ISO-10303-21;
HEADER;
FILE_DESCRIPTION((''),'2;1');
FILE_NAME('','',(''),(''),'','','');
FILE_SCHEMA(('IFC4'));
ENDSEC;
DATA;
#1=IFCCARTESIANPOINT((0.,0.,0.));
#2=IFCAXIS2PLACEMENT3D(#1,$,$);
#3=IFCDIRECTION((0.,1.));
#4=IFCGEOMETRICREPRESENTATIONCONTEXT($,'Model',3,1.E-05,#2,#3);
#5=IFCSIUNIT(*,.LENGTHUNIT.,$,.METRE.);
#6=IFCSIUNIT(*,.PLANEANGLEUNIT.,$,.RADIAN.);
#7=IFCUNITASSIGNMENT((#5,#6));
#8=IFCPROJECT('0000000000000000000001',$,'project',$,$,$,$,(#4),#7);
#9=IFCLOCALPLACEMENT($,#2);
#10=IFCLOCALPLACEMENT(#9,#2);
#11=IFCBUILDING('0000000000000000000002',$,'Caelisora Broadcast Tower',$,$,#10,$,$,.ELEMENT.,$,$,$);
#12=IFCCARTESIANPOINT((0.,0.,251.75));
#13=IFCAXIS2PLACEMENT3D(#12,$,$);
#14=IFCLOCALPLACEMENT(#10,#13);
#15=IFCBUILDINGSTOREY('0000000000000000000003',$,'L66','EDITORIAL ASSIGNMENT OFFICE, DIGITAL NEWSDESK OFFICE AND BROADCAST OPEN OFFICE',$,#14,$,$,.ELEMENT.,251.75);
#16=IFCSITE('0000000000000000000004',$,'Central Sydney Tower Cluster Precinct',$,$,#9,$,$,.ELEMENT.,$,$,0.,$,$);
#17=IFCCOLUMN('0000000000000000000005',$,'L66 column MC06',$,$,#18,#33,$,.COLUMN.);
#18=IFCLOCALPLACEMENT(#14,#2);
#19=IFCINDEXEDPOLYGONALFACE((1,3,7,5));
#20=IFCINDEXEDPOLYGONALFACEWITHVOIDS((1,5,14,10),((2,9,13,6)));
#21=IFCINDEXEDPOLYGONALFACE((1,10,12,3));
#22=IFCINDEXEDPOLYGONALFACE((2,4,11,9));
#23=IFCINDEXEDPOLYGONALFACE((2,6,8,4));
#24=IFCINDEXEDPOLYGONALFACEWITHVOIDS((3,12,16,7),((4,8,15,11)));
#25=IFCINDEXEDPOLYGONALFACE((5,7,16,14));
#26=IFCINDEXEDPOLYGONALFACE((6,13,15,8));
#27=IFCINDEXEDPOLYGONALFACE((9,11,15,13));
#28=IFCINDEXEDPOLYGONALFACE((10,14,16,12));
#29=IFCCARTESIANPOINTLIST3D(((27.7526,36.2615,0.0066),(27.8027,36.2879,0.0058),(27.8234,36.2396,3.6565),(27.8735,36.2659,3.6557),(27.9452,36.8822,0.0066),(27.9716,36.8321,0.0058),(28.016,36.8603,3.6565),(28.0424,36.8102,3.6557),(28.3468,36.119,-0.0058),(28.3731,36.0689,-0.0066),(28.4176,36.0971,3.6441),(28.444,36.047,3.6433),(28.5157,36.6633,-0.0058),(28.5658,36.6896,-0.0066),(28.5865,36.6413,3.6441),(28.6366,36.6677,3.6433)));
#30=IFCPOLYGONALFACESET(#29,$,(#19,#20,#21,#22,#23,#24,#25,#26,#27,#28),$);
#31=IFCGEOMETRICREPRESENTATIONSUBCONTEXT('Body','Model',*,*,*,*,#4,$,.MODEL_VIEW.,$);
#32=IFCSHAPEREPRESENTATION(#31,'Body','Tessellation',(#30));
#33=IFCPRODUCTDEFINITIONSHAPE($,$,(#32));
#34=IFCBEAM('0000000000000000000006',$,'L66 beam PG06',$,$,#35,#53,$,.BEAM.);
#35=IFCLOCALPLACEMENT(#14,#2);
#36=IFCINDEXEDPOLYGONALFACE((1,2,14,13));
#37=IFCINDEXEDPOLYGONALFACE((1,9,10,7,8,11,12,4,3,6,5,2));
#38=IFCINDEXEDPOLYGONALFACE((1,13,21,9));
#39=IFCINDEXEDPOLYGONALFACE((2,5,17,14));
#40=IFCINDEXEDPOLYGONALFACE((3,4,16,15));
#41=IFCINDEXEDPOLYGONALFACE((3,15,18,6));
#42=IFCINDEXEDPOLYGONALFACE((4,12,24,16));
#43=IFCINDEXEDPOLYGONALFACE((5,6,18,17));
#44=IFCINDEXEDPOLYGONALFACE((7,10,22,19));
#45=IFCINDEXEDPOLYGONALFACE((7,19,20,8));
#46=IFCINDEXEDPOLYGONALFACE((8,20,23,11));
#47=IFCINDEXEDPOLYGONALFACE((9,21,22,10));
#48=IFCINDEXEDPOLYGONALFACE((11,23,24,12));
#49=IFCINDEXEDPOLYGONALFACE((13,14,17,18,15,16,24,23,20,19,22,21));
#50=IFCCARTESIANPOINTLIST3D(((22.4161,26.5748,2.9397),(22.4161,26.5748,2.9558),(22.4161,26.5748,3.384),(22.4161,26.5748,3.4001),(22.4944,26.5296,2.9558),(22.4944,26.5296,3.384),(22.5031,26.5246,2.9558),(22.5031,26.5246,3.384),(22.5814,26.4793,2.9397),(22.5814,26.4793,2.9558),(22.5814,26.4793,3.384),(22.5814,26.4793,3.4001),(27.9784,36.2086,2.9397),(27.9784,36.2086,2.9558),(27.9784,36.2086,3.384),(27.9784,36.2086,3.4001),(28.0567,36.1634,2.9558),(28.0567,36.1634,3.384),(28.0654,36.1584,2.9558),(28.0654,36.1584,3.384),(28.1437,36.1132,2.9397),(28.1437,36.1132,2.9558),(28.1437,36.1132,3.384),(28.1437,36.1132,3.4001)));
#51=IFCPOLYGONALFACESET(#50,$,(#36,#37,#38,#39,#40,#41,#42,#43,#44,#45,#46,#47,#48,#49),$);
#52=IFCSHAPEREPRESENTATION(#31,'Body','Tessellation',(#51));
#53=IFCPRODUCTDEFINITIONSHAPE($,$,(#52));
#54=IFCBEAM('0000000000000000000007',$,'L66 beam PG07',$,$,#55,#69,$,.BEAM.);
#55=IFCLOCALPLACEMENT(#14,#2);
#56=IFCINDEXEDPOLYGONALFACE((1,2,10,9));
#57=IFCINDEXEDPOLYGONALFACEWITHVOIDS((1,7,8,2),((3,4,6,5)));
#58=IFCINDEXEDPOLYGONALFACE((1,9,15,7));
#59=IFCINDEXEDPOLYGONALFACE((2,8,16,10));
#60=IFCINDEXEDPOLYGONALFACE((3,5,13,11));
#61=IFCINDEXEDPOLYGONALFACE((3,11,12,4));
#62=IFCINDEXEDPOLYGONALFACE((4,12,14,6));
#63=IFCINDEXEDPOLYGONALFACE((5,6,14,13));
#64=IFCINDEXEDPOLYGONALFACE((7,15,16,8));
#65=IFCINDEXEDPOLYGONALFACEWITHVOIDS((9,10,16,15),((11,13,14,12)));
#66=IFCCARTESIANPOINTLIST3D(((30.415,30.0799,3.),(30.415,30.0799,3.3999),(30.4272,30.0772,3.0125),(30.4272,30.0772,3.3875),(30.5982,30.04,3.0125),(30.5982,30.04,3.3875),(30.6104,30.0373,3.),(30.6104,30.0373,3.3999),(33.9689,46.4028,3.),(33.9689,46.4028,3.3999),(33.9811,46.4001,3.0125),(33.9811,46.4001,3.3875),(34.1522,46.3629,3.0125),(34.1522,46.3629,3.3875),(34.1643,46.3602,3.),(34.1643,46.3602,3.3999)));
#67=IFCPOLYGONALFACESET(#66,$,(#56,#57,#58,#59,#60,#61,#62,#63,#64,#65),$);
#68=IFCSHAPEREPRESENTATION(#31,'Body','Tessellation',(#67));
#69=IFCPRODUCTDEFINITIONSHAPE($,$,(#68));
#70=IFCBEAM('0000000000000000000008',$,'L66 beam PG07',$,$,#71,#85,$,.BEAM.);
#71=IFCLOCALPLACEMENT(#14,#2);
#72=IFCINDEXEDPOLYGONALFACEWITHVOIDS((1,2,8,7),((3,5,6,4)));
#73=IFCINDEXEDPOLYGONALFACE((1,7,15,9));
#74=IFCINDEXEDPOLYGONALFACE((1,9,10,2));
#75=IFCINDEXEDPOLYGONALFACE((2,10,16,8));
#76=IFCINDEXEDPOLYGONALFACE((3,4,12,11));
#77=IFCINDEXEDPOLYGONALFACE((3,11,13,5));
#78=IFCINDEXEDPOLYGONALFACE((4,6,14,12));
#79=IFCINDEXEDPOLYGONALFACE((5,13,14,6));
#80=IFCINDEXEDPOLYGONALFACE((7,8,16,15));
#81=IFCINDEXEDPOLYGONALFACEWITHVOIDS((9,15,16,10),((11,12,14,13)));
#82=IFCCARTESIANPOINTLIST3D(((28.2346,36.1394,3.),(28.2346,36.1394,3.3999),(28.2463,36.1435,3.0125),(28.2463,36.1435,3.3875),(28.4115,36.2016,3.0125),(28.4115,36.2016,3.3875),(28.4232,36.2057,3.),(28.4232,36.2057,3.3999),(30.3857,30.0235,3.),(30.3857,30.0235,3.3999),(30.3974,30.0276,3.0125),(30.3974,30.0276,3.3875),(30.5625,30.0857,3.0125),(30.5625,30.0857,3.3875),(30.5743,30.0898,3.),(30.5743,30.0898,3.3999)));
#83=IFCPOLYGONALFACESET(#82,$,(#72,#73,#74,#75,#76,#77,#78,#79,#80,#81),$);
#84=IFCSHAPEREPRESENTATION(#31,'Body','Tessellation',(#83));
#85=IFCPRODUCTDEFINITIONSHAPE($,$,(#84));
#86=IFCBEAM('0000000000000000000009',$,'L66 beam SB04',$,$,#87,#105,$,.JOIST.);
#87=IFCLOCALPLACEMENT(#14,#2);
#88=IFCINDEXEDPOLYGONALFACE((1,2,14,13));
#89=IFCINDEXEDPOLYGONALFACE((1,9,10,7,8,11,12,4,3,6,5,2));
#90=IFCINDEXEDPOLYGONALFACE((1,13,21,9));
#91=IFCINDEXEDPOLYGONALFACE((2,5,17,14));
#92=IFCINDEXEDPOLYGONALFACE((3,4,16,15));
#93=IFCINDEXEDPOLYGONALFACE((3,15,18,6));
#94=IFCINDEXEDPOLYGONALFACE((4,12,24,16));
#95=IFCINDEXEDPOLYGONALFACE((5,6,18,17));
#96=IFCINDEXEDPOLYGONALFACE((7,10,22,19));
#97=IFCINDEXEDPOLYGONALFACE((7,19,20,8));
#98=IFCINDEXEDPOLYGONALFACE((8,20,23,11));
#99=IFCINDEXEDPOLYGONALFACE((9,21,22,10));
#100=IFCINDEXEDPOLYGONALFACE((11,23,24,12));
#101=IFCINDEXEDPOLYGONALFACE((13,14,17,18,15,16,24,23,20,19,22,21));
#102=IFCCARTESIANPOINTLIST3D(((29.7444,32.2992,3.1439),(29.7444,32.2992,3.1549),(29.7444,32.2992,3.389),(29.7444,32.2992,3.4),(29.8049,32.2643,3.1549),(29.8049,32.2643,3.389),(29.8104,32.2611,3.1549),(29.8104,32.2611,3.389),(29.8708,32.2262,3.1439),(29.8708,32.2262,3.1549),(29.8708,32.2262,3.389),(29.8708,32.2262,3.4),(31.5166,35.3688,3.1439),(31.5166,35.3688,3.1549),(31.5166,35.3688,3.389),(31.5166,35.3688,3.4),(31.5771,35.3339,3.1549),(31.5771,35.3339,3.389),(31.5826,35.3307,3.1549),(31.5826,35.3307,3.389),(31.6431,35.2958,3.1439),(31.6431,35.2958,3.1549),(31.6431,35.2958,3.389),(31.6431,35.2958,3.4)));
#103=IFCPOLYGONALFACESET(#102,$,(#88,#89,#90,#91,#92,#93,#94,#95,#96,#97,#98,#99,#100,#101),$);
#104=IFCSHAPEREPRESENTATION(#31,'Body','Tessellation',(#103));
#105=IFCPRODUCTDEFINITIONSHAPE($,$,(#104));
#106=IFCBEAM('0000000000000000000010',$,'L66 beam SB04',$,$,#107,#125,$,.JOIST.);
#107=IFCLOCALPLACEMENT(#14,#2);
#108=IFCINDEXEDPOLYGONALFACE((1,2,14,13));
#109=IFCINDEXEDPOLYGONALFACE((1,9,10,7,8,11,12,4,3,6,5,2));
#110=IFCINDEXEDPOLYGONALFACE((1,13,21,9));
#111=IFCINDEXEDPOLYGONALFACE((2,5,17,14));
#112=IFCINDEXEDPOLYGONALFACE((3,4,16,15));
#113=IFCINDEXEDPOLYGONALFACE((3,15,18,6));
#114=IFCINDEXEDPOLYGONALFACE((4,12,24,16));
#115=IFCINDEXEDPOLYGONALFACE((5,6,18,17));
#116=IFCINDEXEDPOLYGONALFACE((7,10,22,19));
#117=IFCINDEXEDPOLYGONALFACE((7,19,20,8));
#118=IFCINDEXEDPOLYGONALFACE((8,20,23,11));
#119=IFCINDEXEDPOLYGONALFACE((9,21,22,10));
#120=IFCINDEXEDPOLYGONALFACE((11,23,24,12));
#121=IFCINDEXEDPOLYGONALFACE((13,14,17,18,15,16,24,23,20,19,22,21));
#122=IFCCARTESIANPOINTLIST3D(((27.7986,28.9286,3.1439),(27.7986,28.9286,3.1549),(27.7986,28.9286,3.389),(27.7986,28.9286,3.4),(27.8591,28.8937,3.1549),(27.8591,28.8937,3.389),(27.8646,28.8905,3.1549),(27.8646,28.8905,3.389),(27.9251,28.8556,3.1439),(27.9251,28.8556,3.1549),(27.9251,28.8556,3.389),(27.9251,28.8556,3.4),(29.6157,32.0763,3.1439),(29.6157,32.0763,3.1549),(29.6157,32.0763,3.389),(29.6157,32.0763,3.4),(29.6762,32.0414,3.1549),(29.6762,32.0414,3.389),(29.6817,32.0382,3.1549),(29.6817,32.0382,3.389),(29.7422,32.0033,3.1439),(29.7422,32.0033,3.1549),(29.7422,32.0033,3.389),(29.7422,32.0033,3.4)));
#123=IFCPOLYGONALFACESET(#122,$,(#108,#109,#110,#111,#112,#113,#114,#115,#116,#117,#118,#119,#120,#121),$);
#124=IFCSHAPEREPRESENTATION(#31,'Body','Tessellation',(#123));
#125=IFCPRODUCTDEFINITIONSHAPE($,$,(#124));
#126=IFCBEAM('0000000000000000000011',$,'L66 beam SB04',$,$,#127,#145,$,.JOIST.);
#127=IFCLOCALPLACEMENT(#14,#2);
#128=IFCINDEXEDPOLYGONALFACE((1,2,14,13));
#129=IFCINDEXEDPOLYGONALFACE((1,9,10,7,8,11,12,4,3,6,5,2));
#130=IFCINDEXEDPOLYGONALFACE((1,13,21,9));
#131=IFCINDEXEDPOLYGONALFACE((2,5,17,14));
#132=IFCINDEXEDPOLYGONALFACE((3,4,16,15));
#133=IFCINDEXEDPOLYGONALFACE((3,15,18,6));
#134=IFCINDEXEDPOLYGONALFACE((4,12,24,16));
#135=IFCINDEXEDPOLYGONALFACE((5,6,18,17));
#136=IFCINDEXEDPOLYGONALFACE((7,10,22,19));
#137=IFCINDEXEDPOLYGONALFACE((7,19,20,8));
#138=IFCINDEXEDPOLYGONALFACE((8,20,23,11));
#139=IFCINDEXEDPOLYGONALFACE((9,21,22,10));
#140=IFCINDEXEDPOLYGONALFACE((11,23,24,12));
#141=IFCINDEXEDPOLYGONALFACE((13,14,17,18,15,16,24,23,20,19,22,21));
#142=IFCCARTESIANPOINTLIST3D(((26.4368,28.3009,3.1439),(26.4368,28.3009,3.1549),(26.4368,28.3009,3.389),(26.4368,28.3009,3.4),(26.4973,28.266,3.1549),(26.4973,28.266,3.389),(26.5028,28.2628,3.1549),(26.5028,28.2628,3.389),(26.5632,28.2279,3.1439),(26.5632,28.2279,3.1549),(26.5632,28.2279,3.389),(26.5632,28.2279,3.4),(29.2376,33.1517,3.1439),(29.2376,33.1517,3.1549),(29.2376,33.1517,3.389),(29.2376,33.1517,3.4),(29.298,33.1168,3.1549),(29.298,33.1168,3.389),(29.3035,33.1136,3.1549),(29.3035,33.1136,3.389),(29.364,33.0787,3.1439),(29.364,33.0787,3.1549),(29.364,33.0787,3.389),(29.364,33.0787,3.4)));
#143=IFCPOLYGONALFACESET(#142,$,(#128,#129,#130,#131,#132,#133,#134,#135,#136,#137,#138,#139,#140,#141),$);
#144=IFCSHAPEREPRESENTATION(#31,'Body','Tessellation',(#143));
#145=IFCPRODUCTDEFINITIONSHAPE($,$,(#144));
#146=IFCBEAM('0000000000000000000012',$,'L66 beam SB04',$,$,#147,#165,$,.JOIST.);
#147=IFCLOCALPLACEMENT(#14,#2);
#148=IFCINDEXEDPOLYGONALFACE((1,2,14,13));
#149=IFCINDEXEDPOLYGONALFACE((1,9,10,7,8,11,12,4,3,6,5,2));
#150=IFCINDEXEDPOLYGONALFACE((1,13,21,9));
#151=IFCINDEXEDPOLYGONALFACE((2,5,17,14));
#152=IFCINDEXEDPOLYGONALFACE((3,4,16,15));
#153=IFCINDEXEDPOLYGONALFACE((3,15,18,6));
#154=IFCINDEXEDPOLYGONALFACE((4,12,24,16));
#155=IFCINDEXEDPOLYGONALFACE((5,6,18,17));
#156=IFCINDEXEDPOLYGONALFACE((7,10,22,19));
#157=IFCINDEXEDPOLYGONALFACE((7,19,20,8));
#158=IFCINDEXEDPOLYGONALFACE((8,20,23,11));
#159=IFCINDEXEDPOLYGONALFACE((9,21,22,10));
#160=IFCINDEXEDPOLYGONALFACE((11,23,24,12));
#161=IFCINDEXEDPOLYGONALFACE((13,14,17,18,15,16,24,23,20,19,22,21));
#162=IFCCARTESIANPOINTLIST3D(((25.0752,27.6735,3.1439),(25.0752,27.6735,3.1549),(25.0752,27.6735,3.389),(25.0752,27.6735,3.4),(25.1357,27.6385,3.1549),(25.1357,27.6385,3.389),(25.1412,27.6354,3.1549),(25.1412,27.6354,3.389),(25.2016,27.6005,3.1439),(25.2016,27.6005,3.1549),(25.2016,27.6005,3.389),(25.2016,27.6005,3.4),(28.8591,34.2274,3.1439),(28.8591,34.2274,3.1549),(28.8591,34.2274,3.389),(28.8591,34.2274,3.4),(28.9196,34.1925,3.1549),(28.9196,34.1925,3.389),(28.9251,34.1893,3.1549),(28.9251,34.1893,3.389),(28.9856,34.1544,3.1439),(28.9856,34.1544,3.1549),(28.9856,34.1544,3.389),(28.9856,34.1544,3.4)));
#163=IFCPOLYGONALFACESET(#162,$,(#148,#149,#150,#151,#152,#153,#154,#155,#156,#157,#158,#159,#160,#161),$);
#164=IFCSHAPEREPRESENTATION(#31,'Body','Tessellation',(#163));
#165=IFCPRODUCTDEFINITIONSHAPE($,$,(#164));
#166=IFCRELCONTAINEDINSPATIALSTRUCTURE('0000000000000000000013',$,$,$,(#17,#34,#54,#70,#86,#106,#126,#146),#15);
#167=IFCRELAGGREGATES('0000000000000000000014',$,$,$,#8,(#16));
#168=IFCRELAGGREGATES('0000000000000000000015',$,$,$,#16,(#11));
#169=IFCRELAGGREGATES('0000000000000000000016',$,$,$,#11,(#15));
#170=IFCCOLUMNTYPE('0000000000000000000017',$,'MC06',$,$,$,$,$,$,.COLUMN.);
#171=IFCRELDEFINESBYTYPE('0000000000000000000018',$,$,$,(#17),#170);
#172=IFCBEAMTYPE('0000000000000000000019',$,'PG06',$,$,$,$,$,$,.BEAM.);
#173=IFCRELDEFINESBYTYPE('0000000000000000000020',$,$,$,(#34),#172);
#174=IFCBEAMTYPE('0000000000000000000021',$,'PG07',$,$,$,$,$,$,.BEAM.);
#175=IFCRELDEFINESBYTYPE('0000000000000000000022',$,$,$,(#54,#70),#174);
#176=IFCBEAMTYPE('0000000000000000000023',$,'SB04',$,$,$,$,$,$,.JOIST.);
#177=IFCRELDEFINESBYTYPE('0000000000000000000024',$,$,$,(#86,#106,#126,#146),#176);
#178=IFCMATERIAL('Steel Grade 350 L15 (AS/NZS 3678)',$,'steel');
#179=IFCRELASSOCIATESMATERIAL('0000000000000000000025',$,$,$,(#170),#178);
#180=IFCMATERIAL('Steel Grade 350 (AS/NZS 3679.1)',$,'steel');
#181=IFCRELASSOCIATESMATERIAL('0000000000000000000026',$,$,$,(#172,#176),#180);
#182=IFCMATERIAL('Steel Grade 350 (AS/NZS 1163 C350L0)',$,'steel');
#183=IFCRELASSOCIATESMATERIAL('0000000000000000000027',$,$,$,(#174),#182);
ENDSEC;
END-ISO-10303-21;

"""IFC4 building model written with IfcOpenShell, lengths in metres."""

from ifc_helpers import new_model, si_unit, direction, frame, origin, origin_2d, place, context, subcontext, project, spatial, hollow_rectangle, i_section, extrude, source, transform, mapped, material, material_profile, profile_set, type_object, type_shapes, element, save


model = new_model("IFC4")

# Units and contexts
model_context = context("Model", 3, precision=1e-05, world=origin(), true_north=direction((0.0, 1.0)))
body_context = subcontext(model_context, "Body", "Model", "MODEL_VIEW")
ifc_project = project(units=[si_unit("LENGTHUNIT", "METRE"), si_unit("PLANEANGLEUNIT", "RADIAN")], contexts=[model_context])

# Site, building, storey
site_placement = place(None, origin())
site = spatial("IfcSite", under=ifc_project, at=site_placement, Name="Central Sydney Tower Cluster Precinct", CompositionType="ELEMENT", RefElevation=0.0)
building_placement = place(site_placement, origin())
building = spatial("IfcBuilding", under=site, at=building_placement, Name="Caelisora Broadcast Tower", CompositionType="ELEMENT")
storey_placement = place(building_placement, frame((0.0, 0.0, 251.75)))
storey = spatial("IfcBuildingStorey", under=building, at=storey_placement, Name="L66", Description="EDITORIAL ASSIGNMENT OFFICE, DIGITAL NEWSDESK OFFICE AND BROADCAST OPEN OFFICE", CompositionType="ELEMENT", Elevation=251.75)

# Column
ifc_material_1 = material(Name="Steel Grade 350 L15 (AS/NZS 3678)", Category="steel")
ifc_material_profile_1 = material_profile(ifc_material_1, hollow_rectangle(XDim=0.6499, YDim=0.6499, WallThickness=0.04, at=origin_2d()), Name="Steel Grade 350 L15 (AS/NZS 3678)")
ifc_profile_set_1 = profile_set([ifc_material_profile_1], Name="Steel Grade 350 L15 (AS/NZS 3678)")
column_type = type_object("IfcColumnType", Name="MC06", PredefinedType="COLUMN", material=ifc_profile_set_1)
shared_shape_1 = source(origin(), body_context, "Body", "SweptSolid", [
    extrude(hollow_rectangle(XDim=0.6499, YDim=0.6499, WallThickness=0.04, at=origin_2d()), origin(), (0.0, 0.0, 1.0), 3.6506),
])
type_shapes(column_type, [shared_shape_1])
column_placement = place(storey_placement, frame((28.1592, 36.4756, 0.0), z_axis=(0.019394, -0.006019, 0.999794), x_axis=(0.296399, 0.955064, 0.0)))
element("IfcColumn", 1, at=column_placement, inside=storey, type_object=column_type, Name="L66 column MC06", PredefinedType="COLUMN", context=body_context, shape_type="MappedRepresentation", body=[
    mapped(shared_shape_1, transform((0.0, 0.0, 0.0), scale=1.0)),
])

# Beams
ifc_material_2 = material(Name="Steel Grade 350 (AS/NZS 3679.1)", Category="steel")
ifc_material_profile_2 = material_profile(ifc_material_2, i_section(OverallWidth=0.1909, OverallDepth=0.4604, WebThickness=0.01, FlangeThickness=0.0161, at=origin_2d()), Name="Steel Grade 350 (AS/NZS 3679.1)")
ifc_profile_set_2 = profile_set([ifc_material_profile_2], Name="Steel Grade 350 (AS/NZS 3679.1)")
beam_type_1 = type_object("IfcBeamType", Name="PG06", PredefinedType="BEAM", material=ifc_profile_set_2)
shared_shape_2 = source(origin(), body_context, "Body", "SweptSolid", [
    extrude(i_section(OverallWidth=0.1909, OverallDepth=0.4604, WebThickness=0.01, FlangeThickness=0.0161, at=origin_2d()), origin(), (0.0, 0.0, 1.0), 11.1243),
])
type_shapes(beam_type_1, [shared_shape_2])
beam_1_placement = place(storey_placement, frame((28.061, 36.1609, 3.1699), z_axis=(-0.500012, -0.866018, 0.0), x_axis=(0.866018, -0.500012, 0.0)))
element("IfcBeam", 2, at=beam_1_placement, inside=storey, type_object=beam_type_1, Name="L66 beam PG06", PredefinedType="BEAM", context=body_context, shape_type="MappedRepresentation", body=[
    mapped(shared_shape_2, transform((0.0, 0.0, 0.0), scale=1.0)),
])
ifc_material_3 = material(Name="Steel Grade 350 (AS/NZS 1163 C350L0)", Category="steel")
ifc_material_profile_3 = material_profile(ifc_material_3, hollow_rectangle(XDim=0.2, YDim=0.3999, WallThickness=0.0125, at=origin_2d()), Name="Steel Grade 350 (AS/NZS 1163 C350L0)")
ifc_profile_set_3 = profile_set([ifc_material_profile_3], Name="Steel Grade 350 (AS/NZS 1163 C350L0)")
beam_type_2 = type_object("IfcBeamType", Name="PG07", PredefinedType="BEAM", material=ifc_profile_set_3)
shared_shape_3 = source(origin(), body_context, "Body", "SweptSolid", [
    extrude(hollow_rectangle(XDim=0.2, YDim=0.3999, WallThickness=0.0125, at=origin_2d()), origin(), (0.0, 0.0, 1.0), 16.7053),
])
beam_2_placement = place(storey_placement, frame((30.5127, 30.0586, 3.2), z_axis=(0.212743, 0.977108, 0.0), x_axis=(-0.977108, 0.212743, 0.0)))
element("IfcBeam", 3, at=beam_2_placement, inside=storey, type_object=beam_type_2, Name="L66 beam PG07", PredefinedType="BEAM", context=body_context, shape_type="MappedRepresentation", body=[
    mapped(shared_shape_3, transform((0.0, 0.0, 0.0), scale=1.0)),
])
shared_shape_4 = source(origin(), body_context, "Body", "SweptSolid", [
    extrude(hollow_rectangle(XDim=0.2, YDim=0.3999, WallThickness=0.0125, at=origin_2d()), origin(), (0.0, 0.0, 1.0), 6.4832),
])
type_shapes(beam_type_2, [shared_shape_3, shared_shape_4])
beam_3_placement = place(storey_placement, frame((30.48, 30.0566, 3.2), z_axis=(-0.331798, 0.943351, 0.0), x_axis=(-0.943351, -0.331798, 0.0)))
element("IfcBeam", 4, at=beam_3_placement, inside=storey, type_object=beam_type_2, Name="L66 beam PG07", PredefinedType="BEAM", context=body_context, shape_type="MappedRepresentation", body=[
    mapped(shared_shape_4, transform((0.0, 0.0, 0.0), scale=1.0)),
])
ifc_material_profile_4 = material_profile(ifc_material_2, i_section(OverallWidth=0.146, OverallDepth=0.2561, WebThickness=0.0063, FlangeThickness=0.011, at=origin_2d()), Name="Steel Grade 350 (AS/NZS 3679.1)")
ifc_profile_set_4 = profile_set([ifc_material_profile_4], Name="Steel Grade 350 (AS/NZS 3679.1)")
beam_type_3 = type_object("IfcBeamType", Name="SB04", PredefinedType="JOIST", material=ifc_profile_set_4)
shared_shape_5 = source(origin(), body_context, "Body", "SweptSolid", [
    extrude(i_section(OverallWidth=0.146, OverallDepth=0.2561, WebThickness=0.0063, FlangeThickness=0.011, at=origin_2d()), origin(), (0.0, 0.0, 1.0), 3.5444),
])
beam_4_placement = place(storey_placement, frame((31.5798, 35.3323, 3.272), z_axis=(-0.499999, -0.866026, 0.0), x_axis=(0.866026, -0.499999, 0.0)))
element("IfcBeam", 5, at=beam_4_placement, inside=storey, type_object=beam_type_3, Name="L66 beam SB04", PredefinedType="JOIST", context=body_context, shape_type="MappedRepresentation", body=[
    mapped(shared_shape_5, transform((0.0, 0.0, 0.0), scale=1.0)),
])
shared_shape_6 = source(origin(), body_context, "Body", "SweptSolid", [
    extrude(i_section(OverallWidth=0.146, OverallDepth=0.2561, WebThickness=0.0063, FlangeThickness=0.011, at=origin_2d()), origin(), (0.0, 0.0, 1.0), 3.6345),
])
beam_5_placement = place(storey_placement, frame((29.679, 32.0398, 3.272), z_axis=(-0.499961, -0.866048, 0.0), x_axis=(0.866048, -0.499961, 0.0)))
element("IfcBeam", 6, at=beam_5_placement, inside=storey, type_object=beam_type_3, Name="L66 beam SB04", PredefinedType="JOIST", context=body_context, shape_type="MappedRepresentation", body=[
    mapped(shared_shape_6, transform((0.0, 0.0, 0.0), scale=1.0)),
])
shared_shape_7 = source(origin(), body_context, "Body", "SweptSolid", [
    extrude(i_section(OverallWidth=0.146, OverallDepth=0.2561, WebThickness=0.0063, FlangeThickness=0.011, at=origin_2d()), origin(), (0.0, 0.0, 1.0), 5.6013),
])
beam_6_placement = place(storey_placement, frame((29.3008, 33.1152, 3.272), z_axis=(-0.500021, -0.866014, 0.0), x_axis=(0.866014, -0.500021, 0.0)))
element("IfcBeam", 7, at=beam_6_placement, inside=storey, type_object=beam_type_3, Name="L66 beam SB04", PredefinedType="JOIST", context=body_context, shape_type="MappedRepresentation", body=[
    mapped(shared_shape_7, transform((0.0, 0.0, 0.0), scale=1.0)),
])
shared_shape_8 = source(origin(), body_context, "Body", "SweptSolid", [
    extrude(i_section(OverallWidth=0.146, OverallDepth=0.2561, WebThickness=0.0063, FlangeThickness=0.011, at=origin_2d()), origin(), (0.0, 0.0, 1.0), 7.5679),
])
beam_7_placement = place(storey_placement, frame((28.9224, 34.1909, 3.272), z_axis=(-0.500001, -0.866025, 0.0), x_axis=(0.866025, -0.500001, 0.0)))
element("IfcBeam", 8, at=beam_7_placement, inside=storey, type_object=beam_type_3, Name="L66 beam SB04", PredefinedType="JOIST", context=body_context, shape_type="MappedRepresentation", body=[
    mapped(shared_shape_8, transform((0.0, 0.0, 0.0), scale=1.0)),
])

save(model, "model.ifc")
